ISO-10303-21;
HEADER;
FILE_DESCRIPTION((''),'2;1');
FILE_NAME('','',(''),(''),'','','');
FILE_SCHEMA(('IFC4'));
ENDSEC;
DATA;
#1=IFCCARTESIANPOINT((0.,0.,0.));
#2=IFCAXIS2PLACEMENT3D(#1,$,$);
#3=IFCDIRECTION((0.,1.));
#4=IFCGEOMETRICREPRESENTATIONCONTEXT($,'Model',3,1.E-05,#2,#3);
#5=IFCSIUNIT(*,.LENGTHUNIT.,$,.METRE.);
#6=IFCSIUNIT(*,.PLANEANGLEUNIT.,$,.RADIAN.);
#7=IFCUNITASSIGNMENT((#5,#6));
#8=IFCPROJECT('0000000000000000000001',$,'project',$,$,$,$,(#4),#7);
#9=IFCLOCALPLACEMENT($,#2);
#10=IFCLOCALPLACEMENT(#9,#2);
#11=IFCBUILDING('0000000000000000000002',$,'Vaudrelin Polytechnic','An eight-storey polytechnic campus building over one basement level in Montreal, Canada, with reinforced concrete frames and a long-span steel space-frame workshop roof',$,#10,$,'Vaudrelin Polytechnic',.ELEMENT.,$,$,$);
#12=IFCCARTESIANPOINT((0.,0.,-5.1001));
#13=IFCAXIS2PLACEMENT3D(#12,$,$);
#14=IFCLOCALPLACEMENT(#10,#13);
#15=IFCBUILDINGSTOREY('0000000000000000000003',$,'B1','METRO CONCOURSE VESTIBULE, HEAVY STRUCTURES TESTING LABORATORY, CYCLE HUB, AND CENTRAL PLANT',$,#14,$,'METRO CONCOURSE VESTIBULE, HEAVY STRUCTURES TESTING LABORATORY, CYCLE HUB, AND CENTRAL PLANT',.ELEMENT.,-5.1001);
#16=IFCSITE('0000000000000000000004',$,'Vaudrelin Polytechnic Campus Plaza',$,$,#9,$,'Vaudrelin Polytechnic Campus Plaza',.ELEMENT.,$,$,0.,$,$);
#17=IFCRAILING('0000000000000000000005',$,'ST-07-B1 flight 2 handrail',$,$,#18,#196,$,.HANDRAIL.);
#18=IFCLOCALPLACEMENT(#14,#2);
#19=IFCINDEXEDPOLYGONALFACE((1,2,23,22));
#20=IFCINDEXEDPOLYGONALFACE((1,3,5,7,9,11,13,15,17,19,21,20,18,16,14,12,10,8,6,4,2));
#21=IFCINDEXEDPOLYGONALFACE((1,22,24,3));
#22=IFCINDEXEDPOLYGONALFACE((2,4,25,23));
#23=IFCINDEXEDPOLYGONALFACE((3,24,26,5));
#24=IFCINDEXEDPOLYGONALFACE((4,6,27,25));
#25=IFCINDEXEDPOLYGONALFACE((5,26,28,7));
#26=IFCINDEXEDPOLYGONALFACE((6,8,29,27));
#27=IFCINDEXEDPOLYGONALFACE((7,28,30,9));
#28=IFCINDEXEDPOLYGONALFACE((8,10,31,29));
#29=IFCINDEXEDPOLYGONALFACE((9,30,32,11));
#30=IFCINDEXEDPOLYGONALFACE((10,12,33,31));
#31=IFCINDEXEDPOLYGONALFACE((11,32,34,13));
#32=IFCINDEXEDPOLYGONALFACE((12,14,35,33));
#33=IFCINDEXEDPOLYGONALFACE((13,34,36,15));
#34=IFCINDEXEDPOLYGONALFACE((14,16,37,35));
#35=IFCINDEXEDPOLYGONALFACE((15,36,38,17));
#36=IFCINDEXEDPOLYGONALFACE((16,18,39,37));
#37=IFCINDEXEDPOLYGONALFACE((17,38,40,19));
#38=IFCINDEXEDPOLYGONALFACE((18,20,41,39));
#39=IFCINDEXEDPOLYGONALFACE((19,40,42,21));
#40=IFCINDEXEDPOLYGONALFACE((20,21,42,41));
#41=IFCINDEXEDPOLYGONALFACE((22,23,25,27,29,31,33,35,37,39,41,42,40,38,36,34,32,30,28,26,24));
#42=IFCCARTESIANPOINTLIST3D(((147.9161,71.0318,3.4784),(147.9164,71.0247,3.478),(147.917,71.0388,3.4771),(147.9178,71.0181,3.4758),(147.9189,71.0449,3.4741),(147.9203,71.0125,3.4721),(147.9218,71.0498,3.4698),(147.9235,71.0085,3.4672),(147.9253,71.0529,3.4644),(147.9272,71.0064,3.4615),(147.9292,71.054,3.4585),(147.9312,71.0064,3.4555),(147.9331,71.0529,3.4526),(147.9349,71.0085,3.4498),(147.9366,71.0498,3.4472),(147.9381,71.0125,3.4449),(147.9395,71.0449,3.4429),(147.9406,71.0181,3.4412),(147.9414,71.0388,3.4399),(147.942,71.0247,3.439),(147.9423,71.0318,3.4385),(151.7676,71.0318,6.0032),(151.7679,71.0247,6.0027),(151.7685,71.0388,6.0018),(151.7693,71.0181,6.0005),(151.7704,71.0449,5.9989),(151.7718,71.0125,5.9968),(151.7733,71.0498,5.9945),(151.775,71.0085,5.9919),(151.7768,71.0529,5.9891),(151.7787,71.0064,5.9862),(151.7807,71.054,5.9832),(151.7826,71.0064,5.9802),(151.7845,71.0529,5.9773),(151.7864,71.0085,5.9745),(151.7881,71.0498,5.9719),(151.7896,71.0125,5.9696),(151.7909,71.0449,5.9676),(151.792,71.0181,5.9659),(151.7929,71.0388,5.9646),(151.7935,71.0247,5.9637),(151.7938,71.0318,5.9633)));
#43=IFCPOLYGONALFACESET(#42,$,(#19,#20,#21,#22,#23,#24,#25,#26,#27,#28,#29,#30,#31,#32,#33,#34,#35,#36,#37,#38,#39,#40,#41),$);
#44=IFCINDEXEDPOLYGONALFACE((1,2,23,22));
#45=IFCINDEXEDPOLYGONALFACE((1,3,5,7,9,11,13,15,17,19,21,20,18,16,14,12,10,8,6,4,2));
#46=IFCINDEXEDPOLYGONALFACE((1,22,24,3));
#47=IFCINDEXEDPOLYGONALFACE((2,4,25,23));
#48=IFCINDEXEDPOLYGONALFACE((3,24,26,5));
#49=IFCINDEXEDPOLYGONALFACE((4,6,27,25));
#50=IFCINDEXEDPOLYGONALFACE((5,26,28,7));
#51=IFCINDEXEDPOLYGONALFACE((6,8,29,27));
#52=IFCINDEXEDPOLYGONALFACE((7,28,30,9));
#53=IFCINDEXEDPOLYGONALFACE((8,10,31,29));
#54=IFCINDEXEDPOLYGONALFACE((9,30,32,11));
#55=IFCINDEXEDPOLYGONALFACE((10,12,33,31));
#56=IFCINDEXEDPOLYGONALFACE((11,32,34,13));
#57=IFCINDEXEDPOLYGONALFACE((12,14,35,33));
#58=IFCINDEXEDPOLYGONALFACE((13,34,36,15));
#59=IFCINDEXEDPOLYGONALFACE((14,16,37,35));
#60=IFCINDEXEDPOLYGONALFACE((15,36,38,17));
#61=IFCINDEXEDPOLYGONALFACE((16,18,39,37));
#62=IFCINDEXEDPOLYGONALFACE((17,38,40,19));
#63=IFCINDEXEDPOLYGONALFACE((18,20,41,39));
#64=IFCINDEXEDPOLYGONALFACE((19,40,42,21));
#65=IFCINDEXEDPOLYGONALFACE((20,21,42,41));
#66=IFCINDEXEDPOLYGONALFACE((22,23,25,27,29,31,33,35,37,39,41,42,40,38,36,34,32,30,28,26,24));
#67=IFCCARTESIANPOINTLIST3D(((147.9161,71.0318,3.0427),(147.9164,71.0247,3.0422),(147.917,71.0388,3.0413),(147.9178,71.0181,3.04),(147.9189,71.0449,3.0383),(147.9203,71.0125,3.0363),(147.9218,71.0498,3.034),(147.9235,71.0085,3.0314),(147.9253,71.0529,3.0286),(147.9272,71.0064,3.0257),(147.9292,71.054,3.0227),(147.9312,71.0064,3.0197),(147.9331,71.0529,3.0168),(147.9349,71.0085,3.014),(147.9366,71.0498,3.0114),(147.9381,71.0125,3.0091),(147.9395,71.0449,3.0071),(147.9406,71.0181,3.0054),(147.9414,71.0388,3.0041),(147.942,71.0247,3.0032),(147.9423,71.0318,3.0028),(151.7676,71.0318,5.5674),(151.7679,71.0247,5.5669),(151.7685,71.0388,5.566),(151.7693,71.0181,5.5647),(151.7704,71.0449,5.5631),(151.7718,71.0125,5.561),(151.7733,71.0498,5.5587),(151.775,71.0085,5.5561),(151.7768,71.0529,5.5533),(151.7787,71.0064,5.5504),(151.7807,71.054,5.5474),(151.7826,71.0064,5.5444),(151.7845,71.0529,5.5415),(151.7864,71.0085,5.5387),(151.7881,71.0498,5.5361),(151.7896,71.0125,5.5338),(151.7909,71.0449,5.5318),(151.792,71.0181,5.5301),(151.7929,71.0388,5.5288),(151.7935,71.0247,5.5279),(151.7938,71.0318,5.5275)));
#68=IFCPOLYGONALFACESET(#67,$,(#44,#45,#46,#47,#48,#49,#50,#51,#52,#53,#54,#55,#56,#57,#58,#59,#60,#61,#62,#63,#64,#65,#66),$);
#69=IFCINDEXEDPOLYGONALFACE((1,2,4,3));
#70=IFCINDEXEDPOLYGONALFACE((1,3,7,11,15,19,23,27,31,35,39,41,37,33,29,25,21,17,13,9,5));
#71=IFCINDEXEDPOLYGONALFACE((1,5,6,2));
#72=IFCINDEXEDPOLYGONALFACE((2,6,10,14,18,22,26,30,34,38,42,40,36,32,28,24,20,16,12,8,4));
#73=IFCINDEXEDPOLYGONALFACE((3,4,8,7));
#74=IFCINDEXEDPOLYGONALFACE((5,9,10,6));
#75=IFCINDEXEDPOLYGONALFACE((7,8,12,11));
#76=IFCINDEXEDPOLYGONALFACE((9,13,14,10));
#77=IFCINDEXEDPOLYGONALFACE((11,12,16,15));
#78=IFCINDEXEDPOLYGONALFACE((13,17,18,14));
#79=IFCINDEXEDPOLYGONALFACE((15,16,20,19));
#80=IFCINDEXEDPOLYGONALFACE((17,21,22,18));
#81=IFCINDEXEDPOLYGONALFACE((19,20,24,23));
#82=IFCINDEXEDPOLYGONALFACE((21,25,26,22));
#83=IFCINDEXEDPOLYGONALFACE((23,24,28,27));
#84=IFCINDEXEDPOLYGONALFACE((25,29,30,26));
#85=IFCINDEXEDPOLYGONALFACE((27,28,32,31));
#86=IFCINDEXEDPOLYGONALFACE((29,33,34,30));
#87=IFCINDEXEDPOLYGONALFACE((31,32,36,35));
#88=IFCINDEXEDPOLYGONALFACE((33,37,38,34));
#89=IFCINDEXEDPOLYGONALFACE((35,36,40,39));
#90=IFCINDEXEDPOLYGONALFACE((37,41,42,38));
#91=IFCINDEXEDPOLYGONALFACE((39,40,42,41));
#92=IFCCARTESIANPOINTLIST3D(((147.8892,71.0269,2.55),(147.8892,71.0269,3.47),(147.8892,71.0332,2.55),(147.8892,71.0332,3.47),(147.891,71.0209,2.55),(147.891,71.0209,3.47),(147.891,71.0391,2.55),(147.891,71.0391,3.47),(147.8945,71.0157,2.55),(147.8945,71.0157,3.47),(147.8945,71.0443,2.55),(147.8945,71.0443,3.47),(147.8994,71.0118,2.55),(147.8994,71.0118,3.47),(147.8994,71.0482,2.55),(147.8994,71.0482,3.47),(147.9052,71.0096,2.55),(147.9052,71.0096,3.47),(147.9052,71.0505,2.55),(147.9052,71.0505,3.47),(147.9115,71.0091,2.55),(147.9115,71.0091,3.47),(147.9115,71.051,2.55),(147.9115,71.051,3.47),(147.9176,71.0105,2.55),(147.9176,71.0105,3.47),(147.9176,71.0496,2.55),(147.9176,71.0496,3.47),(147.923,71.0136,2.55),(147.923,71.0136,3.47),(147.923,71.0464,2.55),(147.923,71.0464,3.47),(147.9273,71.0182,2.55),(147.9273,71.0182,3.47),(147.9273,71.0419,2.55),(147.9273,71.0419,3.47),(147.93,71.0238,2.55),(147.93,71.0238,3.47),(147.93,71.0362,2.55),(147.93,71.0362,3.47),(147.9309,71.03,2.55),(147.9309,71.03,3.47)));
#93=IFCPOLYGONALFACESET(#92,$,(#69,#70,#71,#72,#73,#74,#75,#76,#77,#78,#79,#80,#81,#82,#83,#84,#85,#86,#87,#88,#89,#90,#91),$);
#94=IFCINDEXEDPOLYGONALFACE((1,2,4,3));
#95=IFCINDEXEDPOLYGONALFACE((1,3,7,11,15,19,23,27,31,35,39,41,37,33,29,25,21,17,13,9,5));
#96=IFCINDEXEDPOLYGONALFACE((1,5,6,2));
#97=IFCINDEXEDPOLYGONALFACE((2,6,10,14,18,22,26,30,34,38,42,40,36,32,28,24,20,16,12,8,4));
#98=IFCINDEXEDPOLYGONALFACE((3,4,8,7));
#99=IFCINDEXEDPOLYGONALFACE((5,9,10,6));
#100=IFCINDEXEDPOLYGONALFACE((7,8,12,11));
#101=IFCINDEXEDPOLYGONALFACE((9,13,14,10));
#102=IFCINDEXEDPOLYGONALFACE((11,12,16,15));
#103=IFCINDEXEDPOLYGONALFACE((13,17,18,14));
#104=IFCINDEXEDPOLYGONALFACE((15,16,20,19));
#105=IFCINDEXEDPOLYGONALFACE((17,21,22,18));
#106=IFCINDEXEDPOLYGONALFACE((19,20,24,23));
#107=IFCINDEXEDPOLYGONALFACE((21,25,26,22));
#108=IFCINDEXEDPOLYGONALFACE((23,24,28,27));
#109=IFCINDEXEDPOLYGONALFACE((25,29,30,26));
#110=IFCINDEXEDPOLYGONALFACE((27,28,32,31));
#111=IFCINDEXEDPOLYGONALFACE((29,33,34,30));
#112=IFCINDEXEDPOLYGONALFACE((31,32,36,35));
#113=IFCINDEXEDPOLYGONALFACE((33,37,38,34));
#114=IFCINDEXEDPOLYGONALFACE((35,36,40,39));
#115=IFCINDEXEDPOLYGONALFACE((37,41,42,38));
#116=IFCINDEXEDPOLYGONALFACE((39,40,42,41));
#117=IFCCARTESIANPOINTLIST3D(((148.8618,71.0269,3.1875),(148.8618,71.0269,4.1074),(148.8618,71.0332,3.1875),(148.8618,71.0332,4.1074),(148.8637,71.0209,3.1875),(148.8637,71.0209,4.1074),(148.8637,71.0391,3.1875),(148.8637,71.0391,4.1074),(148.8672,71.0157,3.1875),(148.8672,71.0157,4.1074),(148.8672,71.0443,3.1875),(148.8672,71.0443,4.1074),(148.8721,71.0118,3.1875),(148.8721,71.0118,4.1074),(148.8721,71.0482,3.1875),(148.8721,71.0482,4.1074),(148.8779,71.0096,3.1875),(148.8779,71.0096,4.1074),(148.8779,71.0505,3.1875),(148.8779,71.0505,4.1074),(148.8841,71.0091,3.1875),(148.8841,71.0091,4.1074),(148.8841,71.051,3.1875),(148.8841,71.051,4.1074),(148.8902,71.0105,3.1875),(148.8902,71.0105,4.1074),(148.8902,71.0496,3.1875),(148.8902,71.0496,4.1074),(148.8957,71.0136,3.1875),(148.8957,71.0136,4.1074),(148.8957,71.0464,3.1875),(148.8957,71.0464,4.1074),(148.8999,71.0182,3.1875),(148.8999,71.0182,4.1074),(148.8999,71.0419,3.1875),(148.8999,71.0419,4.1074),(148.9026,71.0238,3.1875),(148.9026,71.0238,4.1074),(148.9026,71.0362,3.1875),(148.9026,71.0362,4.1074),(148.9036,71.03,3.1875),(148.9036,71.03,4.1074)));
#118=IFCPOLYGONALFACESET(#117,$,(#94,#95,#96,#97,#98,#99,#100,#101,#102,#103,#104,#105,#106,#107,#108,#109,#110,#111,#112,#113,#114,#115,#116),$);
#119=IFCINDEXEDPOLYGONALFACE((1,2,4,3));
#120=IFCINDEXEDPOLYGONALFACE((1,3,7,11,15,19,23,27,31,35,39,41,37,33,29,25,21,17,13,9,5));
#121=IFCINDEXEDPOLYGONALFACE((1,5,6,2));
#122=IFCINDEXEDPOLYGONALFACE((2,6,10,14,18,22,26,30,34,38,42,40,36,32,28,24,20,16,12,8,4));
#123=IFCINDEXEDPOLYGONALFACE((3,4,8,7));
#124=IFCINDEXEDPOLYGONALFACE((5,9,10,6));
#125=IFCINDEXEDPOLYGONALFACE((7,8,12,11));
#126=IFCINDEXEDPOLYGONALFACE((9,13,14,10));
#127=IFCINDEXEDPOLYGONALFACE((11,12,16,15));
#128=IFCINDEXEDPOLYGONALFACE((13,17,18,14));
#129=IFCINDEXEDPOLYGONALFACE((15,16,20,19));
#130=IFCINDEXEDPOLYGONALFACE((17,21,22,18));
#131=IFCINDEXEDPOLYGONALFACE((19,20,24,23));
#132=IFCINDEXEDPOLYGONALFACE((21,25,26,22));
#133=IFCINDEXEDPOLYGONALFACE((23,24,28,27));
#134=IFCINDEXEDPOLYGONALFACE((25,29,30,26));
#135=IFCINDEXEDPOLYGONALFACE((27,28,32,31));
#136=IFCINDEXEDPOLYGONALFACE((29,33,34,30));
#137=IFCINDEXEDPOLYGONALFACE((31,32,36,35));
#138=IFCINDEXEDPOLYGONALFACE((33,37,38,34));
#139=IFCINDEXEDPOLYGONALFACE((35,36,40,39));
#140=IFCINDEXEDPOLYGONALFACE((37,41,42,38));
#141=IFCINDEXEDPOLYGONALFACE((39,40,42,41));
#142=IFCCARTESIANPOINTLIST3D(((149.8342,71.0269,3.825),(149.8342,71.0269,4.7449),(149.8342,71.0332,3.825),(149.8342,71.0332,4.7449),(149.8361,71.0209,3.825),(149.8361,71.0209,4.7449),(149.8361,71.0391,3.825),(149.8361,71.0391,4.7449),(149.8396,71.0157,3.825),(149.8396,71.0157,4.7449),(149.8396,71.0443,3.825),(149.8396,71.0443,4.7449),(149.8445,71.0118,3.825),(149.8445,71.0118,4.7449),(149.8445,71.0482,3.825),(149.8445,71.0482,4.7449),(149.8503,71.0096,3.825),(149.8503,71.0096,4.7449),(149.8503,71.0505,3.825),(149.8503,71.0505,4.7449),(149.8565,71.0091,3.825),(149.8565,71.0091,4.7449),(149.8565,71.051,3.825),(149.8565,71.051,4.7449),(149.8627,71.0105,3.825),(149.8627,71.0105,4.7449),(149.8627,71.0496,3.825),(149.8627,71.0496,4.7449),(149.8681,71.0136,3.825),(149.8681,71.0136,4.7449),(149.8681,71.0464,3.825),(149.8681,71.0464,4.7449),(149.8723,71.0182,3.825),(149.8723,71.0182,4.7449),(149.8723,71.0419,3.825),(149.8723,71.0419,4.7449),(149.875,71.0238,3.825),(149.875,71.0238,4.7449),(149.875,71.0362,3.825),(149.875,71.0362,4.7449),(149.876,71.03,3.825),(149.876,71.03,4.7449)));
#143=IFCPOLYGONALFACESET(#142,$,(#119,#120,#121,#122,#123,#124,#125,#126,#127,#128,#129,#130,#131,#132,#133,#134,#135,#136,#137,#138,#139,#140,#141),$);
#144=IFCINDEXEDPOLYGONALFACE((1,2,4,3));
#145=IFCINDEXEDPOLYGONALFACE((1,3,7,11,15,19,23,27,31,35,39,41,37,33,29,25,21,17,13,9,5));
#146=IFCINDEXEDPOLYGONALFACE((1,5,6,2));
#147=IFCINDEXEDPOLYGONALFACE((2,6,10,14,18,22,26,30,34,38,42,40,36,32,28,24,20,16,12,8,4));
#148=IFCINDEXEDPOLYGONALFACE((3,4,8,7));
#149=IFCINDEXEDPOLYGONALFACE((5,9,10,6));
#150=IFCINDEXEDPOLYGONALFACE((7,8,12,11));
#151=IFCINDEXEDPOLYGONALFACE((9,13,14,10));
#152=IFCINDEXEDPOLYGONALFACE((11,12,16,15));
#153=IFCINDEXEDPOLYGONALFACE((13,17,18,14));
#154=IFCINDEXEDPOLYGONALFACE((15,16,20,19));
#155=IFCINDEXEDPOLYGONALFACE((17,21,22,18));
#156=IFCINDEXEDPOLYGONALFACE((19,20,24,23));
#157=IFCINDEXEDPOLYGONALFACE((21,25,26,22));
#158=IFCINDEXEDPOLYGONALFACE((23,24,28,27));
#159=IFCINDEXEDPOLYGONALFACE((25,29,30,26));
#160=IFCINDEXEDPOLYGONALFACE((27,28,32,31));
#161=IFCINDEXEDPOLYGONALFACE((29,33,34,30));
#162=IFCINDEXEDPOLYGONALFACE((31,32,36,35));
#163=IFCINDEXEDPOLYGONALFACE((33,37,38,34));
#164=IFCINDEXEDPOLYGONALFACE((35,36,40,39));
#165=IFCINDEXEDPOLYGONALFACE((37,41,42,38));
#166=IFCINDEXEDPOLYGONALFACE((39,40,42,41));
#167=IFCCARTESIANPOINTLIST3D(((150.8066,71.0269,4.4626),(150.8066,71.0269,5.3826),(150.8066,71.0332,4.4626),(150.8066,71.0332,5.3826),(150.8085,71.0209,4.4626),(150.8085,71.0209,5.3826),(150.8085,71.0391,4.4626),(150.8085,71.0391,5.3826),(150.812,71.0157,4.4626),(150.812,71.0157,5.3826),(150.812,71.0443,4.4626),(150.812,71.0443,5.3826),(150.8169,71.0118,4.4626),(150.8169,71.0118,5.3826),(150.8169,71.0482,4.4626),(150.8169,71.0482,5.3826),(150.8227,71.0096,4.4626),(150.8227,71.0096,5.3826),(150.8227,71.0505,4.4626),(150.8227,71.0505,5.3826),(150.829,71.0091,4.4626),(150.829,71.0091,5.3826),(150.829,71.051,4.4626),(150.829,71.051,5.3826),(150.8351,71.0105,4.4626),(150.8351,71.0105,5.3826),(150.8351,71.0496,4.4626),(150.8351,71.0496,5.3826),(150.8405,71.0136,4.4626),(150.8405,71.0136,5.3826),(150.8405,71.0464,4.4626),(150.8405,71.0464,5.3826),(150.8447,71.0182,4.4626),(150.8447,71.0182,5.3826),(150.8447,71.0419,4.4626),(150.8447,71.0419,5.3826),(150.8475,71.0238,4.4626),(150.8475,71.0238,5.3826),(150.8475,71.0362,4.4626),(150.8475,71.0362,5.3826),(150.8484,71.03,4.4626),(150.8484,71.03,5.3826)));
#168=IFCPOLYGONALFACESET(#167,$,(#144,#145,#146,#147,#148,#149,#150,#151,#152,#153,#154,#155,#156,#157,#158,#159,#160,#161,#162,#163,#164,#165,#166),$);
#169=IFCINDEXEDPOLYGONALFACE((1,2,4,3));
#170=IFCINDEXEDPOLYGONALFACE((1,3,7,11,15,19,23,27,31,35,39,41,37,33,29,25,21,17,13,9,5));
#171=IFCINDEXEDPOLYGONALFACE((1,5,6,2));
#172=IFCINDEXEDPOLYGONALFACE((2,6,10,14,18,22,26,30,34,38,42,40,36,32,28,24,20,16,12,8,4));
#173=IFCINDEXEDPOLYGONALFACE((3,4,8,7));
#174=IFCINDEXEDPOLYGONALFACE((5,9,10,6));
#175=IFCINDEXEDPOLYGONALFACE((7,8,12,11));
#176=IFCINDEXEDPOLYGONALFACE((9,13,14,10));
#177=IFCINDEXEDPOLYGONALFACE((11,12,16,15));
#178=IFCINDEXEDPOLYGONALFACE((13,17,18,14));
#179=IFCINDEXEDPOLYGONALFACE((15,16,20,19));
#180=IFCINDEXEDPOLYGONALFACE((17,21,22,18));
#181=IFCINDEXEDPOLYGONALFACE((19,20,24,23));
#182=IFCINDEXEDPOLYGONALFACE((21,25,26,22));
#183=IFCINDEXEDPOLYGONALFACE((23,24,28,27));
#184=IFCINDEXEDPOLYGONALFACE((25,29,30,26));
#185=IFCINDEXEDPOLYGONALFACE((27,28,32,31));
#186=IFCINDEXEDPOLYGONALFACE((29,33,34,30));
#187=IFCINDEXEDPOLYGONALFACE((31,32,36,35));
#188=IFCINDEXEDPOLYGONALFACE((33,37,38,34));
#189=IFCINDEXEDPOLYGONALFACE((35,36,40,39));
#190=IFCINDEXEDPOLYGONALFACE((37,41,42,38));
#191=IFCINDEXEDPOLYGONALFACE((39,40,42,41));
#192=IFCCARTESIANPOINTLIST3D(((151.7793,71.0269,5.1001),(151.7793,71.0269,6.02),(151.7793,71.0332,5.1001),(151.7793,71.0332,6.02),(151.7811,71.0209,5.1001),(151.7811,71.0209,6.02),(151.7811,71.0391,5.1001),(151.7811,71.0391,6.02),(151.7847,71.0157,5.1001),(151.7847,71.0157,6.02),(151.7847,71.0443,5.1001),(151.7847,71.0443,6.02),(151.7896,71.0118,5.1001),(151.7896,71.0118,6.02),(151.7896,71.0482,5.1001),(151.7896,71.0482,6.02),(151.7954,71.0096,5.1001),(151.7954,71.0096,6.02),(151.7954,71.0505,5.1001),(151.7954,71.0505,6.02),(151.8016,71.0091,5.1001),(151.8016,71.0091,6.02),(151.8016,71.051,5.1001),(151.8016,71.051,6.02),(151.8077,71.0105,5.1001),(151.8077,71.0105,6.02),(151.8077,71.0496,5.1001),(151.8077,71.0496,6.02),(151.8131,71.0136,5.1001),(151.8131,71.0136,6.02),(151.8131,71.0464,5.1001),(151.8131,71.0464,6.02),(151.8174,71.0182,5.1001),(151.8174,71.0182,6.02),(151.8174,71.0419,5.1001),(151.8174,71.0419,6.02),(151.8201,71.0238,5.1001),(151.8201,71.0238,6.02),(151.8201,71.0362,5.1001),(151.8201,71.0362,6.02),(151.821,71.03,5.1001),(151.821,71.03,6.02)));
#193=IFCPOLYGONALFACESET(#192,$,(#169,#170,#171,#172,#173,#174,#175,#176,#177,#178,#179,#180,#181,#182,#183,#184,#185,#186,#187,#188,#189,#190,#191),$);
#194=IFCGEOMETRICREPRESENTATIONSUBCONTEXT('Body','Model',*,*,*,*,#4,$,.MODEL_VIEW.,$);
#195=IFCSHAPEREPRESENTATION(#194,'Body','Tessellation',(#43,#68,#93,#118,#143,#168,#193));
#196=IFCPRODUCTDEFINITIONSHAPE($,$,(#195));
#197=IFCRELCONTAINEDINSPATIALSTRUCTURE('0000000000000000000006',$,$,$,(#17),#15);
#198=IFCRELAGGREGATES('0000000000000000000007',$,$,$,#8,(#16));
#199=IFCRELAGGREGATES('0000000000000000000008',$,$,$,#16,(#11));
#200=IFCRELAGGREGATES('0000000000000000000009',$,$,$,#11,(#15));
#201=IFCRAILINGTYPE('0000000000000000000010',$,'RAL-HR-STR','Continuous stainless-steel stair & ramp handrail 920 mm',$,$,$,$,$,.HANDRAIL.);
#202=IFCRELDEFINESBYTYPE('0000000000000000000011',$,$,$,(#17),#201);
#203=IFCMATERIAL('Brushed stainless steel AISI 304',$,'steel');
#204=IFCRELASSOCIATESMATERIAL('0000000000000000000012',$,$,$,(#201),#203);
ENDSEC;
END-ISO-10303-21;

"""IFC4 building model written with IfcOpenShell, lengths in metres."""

from ifc_helpers import new_model, si_unit, direction, frame, origin, origin_2d, place, context, subcontext, project, spatial, circle, extrude, material, type_object, element, save


model = new_model("IFC4")

# Units and contexts
model_context = context("Model", 3, precision=1e-05, world=origin(), true_north=direction((0.0, 1.0)))
body_context = subcontext(model_context, "Body", "Model", "MODEL_VIEW")
ifc_project = project(units=[si_unit("LENGTHUNIT", "METRE"), si_unit("PLANEANGLEUNIT", "RADIAN")], contexts=[model_context])

# Site, building, storey
site_placement = place(None, origin())
site = spatial("IfcSite", under=ifc_project, at=site_placement, Name="Vaudrelin Polytechnic Campus Plaza", LongName="Vaudrelin Polytechnic Campus Plaza", CompositionType="ELEMENT", RefElevation=0.0)
building_placement = place(site_placement, origin())
building = spatial("IfcBuilding", under=site, at=building_placement, Name="Vaudrelin Polytechnic", Description="An eight-storey polytechnic campus building over one basement level in Montreal, Canada, with reinforced concrete frames and a long-span steel space-frame workshop roof", LongName="Vaudrelin Polytechnic", CompositionType="ELEMENT")
storey_placement = place(building_placement, frame((0.0, 0.0, -5.1001)))
storey = spatial("IfcBuildingStorey", under=building, at=storey_placement, Name="B1", Description="METRO CONCOURSE VESTIBULE, HEAVY STRUCTURES TESTING LABORATORY, CYCLE HUB, AND CENTRAL PLANT", LongName="METRO CONCOURSE VESTIBULE, HEAVY STRUCTURES TESTING LABORATORY, CYCLE HUB, AND CENTRAL PLANT", CompositionType="ELEMENT", Elevation=-5.1001)

# Shared definitions
ifc_material_1 = material(Name="Brushed stainless steel AISI 304", Category="steel")

# Railing
railing_type_1 = type_object("IfcRailingType", Name="RAL-HR-STR", Description="Continuous stainless-steel stair & ramp handrail 920 mm", PredefinedType="HANDRAIL", material=ifc_material_1)
railing_1_placement = place(storey_placement, frame((147.9099, 71.03, 2.55)))
element("IfcRailing", 1, at=railing_1_placement, inside=storey, type_object=railing_type_1, Name="ST-07-B1 flight 2 handrail", PredefinedType="HANDRAIL", context=body_context, shape_type="SweptSolid", body=[
    extrude(circle(Radius=0.0239, at=origin_2d()), frame((0.0193, 0.0, 0.9084), z_axis=(0.836329, 0.0, 0.548228), x_axis=(0.0, 1.0, 0.0)), (0.0, 0.0, 1.0), 4.6052),
    extrude(circle(Radius=0.0239, at=origin_2d()), frame((0.0193, 0.0, 0.4727), z_axis=(0.836329, 0.0, 0.548228), x_axis=(0.0, 1.0, 0.0)), (0.0, 0.0, 1.0), 4.6052),
    extrude(circle(Radius=0.021, at=origin_2d()), origin(), (0.0, 0.0, 1.0), 0.9199),
    extrude(circle(Radius=0.021, at=origin_2d()), frame((0.9727, 0.0, 0.6375)), (0.0, 0.0, 1.0), 0.9199),
    extrude(circle(Radius=0.021, at=origin_2d()), frame((1.9451, 0.0, 1.2749)), (0.0, 0.0, 1.0), 0.9199),
    extrude(circle(Radius=0.021, at=origin_2d()), frame((2.9175, 0.0, 1.9126)), (0.0, 0.0, 1.0), 0.9199),
    extrude(circle(Radius=0.021, at=origin_2d()), frame((3.8901, 0.0, 2.55)), (0.0, 0.0, 1.0), 0.9199),
])

save(model, "model.ifc")
